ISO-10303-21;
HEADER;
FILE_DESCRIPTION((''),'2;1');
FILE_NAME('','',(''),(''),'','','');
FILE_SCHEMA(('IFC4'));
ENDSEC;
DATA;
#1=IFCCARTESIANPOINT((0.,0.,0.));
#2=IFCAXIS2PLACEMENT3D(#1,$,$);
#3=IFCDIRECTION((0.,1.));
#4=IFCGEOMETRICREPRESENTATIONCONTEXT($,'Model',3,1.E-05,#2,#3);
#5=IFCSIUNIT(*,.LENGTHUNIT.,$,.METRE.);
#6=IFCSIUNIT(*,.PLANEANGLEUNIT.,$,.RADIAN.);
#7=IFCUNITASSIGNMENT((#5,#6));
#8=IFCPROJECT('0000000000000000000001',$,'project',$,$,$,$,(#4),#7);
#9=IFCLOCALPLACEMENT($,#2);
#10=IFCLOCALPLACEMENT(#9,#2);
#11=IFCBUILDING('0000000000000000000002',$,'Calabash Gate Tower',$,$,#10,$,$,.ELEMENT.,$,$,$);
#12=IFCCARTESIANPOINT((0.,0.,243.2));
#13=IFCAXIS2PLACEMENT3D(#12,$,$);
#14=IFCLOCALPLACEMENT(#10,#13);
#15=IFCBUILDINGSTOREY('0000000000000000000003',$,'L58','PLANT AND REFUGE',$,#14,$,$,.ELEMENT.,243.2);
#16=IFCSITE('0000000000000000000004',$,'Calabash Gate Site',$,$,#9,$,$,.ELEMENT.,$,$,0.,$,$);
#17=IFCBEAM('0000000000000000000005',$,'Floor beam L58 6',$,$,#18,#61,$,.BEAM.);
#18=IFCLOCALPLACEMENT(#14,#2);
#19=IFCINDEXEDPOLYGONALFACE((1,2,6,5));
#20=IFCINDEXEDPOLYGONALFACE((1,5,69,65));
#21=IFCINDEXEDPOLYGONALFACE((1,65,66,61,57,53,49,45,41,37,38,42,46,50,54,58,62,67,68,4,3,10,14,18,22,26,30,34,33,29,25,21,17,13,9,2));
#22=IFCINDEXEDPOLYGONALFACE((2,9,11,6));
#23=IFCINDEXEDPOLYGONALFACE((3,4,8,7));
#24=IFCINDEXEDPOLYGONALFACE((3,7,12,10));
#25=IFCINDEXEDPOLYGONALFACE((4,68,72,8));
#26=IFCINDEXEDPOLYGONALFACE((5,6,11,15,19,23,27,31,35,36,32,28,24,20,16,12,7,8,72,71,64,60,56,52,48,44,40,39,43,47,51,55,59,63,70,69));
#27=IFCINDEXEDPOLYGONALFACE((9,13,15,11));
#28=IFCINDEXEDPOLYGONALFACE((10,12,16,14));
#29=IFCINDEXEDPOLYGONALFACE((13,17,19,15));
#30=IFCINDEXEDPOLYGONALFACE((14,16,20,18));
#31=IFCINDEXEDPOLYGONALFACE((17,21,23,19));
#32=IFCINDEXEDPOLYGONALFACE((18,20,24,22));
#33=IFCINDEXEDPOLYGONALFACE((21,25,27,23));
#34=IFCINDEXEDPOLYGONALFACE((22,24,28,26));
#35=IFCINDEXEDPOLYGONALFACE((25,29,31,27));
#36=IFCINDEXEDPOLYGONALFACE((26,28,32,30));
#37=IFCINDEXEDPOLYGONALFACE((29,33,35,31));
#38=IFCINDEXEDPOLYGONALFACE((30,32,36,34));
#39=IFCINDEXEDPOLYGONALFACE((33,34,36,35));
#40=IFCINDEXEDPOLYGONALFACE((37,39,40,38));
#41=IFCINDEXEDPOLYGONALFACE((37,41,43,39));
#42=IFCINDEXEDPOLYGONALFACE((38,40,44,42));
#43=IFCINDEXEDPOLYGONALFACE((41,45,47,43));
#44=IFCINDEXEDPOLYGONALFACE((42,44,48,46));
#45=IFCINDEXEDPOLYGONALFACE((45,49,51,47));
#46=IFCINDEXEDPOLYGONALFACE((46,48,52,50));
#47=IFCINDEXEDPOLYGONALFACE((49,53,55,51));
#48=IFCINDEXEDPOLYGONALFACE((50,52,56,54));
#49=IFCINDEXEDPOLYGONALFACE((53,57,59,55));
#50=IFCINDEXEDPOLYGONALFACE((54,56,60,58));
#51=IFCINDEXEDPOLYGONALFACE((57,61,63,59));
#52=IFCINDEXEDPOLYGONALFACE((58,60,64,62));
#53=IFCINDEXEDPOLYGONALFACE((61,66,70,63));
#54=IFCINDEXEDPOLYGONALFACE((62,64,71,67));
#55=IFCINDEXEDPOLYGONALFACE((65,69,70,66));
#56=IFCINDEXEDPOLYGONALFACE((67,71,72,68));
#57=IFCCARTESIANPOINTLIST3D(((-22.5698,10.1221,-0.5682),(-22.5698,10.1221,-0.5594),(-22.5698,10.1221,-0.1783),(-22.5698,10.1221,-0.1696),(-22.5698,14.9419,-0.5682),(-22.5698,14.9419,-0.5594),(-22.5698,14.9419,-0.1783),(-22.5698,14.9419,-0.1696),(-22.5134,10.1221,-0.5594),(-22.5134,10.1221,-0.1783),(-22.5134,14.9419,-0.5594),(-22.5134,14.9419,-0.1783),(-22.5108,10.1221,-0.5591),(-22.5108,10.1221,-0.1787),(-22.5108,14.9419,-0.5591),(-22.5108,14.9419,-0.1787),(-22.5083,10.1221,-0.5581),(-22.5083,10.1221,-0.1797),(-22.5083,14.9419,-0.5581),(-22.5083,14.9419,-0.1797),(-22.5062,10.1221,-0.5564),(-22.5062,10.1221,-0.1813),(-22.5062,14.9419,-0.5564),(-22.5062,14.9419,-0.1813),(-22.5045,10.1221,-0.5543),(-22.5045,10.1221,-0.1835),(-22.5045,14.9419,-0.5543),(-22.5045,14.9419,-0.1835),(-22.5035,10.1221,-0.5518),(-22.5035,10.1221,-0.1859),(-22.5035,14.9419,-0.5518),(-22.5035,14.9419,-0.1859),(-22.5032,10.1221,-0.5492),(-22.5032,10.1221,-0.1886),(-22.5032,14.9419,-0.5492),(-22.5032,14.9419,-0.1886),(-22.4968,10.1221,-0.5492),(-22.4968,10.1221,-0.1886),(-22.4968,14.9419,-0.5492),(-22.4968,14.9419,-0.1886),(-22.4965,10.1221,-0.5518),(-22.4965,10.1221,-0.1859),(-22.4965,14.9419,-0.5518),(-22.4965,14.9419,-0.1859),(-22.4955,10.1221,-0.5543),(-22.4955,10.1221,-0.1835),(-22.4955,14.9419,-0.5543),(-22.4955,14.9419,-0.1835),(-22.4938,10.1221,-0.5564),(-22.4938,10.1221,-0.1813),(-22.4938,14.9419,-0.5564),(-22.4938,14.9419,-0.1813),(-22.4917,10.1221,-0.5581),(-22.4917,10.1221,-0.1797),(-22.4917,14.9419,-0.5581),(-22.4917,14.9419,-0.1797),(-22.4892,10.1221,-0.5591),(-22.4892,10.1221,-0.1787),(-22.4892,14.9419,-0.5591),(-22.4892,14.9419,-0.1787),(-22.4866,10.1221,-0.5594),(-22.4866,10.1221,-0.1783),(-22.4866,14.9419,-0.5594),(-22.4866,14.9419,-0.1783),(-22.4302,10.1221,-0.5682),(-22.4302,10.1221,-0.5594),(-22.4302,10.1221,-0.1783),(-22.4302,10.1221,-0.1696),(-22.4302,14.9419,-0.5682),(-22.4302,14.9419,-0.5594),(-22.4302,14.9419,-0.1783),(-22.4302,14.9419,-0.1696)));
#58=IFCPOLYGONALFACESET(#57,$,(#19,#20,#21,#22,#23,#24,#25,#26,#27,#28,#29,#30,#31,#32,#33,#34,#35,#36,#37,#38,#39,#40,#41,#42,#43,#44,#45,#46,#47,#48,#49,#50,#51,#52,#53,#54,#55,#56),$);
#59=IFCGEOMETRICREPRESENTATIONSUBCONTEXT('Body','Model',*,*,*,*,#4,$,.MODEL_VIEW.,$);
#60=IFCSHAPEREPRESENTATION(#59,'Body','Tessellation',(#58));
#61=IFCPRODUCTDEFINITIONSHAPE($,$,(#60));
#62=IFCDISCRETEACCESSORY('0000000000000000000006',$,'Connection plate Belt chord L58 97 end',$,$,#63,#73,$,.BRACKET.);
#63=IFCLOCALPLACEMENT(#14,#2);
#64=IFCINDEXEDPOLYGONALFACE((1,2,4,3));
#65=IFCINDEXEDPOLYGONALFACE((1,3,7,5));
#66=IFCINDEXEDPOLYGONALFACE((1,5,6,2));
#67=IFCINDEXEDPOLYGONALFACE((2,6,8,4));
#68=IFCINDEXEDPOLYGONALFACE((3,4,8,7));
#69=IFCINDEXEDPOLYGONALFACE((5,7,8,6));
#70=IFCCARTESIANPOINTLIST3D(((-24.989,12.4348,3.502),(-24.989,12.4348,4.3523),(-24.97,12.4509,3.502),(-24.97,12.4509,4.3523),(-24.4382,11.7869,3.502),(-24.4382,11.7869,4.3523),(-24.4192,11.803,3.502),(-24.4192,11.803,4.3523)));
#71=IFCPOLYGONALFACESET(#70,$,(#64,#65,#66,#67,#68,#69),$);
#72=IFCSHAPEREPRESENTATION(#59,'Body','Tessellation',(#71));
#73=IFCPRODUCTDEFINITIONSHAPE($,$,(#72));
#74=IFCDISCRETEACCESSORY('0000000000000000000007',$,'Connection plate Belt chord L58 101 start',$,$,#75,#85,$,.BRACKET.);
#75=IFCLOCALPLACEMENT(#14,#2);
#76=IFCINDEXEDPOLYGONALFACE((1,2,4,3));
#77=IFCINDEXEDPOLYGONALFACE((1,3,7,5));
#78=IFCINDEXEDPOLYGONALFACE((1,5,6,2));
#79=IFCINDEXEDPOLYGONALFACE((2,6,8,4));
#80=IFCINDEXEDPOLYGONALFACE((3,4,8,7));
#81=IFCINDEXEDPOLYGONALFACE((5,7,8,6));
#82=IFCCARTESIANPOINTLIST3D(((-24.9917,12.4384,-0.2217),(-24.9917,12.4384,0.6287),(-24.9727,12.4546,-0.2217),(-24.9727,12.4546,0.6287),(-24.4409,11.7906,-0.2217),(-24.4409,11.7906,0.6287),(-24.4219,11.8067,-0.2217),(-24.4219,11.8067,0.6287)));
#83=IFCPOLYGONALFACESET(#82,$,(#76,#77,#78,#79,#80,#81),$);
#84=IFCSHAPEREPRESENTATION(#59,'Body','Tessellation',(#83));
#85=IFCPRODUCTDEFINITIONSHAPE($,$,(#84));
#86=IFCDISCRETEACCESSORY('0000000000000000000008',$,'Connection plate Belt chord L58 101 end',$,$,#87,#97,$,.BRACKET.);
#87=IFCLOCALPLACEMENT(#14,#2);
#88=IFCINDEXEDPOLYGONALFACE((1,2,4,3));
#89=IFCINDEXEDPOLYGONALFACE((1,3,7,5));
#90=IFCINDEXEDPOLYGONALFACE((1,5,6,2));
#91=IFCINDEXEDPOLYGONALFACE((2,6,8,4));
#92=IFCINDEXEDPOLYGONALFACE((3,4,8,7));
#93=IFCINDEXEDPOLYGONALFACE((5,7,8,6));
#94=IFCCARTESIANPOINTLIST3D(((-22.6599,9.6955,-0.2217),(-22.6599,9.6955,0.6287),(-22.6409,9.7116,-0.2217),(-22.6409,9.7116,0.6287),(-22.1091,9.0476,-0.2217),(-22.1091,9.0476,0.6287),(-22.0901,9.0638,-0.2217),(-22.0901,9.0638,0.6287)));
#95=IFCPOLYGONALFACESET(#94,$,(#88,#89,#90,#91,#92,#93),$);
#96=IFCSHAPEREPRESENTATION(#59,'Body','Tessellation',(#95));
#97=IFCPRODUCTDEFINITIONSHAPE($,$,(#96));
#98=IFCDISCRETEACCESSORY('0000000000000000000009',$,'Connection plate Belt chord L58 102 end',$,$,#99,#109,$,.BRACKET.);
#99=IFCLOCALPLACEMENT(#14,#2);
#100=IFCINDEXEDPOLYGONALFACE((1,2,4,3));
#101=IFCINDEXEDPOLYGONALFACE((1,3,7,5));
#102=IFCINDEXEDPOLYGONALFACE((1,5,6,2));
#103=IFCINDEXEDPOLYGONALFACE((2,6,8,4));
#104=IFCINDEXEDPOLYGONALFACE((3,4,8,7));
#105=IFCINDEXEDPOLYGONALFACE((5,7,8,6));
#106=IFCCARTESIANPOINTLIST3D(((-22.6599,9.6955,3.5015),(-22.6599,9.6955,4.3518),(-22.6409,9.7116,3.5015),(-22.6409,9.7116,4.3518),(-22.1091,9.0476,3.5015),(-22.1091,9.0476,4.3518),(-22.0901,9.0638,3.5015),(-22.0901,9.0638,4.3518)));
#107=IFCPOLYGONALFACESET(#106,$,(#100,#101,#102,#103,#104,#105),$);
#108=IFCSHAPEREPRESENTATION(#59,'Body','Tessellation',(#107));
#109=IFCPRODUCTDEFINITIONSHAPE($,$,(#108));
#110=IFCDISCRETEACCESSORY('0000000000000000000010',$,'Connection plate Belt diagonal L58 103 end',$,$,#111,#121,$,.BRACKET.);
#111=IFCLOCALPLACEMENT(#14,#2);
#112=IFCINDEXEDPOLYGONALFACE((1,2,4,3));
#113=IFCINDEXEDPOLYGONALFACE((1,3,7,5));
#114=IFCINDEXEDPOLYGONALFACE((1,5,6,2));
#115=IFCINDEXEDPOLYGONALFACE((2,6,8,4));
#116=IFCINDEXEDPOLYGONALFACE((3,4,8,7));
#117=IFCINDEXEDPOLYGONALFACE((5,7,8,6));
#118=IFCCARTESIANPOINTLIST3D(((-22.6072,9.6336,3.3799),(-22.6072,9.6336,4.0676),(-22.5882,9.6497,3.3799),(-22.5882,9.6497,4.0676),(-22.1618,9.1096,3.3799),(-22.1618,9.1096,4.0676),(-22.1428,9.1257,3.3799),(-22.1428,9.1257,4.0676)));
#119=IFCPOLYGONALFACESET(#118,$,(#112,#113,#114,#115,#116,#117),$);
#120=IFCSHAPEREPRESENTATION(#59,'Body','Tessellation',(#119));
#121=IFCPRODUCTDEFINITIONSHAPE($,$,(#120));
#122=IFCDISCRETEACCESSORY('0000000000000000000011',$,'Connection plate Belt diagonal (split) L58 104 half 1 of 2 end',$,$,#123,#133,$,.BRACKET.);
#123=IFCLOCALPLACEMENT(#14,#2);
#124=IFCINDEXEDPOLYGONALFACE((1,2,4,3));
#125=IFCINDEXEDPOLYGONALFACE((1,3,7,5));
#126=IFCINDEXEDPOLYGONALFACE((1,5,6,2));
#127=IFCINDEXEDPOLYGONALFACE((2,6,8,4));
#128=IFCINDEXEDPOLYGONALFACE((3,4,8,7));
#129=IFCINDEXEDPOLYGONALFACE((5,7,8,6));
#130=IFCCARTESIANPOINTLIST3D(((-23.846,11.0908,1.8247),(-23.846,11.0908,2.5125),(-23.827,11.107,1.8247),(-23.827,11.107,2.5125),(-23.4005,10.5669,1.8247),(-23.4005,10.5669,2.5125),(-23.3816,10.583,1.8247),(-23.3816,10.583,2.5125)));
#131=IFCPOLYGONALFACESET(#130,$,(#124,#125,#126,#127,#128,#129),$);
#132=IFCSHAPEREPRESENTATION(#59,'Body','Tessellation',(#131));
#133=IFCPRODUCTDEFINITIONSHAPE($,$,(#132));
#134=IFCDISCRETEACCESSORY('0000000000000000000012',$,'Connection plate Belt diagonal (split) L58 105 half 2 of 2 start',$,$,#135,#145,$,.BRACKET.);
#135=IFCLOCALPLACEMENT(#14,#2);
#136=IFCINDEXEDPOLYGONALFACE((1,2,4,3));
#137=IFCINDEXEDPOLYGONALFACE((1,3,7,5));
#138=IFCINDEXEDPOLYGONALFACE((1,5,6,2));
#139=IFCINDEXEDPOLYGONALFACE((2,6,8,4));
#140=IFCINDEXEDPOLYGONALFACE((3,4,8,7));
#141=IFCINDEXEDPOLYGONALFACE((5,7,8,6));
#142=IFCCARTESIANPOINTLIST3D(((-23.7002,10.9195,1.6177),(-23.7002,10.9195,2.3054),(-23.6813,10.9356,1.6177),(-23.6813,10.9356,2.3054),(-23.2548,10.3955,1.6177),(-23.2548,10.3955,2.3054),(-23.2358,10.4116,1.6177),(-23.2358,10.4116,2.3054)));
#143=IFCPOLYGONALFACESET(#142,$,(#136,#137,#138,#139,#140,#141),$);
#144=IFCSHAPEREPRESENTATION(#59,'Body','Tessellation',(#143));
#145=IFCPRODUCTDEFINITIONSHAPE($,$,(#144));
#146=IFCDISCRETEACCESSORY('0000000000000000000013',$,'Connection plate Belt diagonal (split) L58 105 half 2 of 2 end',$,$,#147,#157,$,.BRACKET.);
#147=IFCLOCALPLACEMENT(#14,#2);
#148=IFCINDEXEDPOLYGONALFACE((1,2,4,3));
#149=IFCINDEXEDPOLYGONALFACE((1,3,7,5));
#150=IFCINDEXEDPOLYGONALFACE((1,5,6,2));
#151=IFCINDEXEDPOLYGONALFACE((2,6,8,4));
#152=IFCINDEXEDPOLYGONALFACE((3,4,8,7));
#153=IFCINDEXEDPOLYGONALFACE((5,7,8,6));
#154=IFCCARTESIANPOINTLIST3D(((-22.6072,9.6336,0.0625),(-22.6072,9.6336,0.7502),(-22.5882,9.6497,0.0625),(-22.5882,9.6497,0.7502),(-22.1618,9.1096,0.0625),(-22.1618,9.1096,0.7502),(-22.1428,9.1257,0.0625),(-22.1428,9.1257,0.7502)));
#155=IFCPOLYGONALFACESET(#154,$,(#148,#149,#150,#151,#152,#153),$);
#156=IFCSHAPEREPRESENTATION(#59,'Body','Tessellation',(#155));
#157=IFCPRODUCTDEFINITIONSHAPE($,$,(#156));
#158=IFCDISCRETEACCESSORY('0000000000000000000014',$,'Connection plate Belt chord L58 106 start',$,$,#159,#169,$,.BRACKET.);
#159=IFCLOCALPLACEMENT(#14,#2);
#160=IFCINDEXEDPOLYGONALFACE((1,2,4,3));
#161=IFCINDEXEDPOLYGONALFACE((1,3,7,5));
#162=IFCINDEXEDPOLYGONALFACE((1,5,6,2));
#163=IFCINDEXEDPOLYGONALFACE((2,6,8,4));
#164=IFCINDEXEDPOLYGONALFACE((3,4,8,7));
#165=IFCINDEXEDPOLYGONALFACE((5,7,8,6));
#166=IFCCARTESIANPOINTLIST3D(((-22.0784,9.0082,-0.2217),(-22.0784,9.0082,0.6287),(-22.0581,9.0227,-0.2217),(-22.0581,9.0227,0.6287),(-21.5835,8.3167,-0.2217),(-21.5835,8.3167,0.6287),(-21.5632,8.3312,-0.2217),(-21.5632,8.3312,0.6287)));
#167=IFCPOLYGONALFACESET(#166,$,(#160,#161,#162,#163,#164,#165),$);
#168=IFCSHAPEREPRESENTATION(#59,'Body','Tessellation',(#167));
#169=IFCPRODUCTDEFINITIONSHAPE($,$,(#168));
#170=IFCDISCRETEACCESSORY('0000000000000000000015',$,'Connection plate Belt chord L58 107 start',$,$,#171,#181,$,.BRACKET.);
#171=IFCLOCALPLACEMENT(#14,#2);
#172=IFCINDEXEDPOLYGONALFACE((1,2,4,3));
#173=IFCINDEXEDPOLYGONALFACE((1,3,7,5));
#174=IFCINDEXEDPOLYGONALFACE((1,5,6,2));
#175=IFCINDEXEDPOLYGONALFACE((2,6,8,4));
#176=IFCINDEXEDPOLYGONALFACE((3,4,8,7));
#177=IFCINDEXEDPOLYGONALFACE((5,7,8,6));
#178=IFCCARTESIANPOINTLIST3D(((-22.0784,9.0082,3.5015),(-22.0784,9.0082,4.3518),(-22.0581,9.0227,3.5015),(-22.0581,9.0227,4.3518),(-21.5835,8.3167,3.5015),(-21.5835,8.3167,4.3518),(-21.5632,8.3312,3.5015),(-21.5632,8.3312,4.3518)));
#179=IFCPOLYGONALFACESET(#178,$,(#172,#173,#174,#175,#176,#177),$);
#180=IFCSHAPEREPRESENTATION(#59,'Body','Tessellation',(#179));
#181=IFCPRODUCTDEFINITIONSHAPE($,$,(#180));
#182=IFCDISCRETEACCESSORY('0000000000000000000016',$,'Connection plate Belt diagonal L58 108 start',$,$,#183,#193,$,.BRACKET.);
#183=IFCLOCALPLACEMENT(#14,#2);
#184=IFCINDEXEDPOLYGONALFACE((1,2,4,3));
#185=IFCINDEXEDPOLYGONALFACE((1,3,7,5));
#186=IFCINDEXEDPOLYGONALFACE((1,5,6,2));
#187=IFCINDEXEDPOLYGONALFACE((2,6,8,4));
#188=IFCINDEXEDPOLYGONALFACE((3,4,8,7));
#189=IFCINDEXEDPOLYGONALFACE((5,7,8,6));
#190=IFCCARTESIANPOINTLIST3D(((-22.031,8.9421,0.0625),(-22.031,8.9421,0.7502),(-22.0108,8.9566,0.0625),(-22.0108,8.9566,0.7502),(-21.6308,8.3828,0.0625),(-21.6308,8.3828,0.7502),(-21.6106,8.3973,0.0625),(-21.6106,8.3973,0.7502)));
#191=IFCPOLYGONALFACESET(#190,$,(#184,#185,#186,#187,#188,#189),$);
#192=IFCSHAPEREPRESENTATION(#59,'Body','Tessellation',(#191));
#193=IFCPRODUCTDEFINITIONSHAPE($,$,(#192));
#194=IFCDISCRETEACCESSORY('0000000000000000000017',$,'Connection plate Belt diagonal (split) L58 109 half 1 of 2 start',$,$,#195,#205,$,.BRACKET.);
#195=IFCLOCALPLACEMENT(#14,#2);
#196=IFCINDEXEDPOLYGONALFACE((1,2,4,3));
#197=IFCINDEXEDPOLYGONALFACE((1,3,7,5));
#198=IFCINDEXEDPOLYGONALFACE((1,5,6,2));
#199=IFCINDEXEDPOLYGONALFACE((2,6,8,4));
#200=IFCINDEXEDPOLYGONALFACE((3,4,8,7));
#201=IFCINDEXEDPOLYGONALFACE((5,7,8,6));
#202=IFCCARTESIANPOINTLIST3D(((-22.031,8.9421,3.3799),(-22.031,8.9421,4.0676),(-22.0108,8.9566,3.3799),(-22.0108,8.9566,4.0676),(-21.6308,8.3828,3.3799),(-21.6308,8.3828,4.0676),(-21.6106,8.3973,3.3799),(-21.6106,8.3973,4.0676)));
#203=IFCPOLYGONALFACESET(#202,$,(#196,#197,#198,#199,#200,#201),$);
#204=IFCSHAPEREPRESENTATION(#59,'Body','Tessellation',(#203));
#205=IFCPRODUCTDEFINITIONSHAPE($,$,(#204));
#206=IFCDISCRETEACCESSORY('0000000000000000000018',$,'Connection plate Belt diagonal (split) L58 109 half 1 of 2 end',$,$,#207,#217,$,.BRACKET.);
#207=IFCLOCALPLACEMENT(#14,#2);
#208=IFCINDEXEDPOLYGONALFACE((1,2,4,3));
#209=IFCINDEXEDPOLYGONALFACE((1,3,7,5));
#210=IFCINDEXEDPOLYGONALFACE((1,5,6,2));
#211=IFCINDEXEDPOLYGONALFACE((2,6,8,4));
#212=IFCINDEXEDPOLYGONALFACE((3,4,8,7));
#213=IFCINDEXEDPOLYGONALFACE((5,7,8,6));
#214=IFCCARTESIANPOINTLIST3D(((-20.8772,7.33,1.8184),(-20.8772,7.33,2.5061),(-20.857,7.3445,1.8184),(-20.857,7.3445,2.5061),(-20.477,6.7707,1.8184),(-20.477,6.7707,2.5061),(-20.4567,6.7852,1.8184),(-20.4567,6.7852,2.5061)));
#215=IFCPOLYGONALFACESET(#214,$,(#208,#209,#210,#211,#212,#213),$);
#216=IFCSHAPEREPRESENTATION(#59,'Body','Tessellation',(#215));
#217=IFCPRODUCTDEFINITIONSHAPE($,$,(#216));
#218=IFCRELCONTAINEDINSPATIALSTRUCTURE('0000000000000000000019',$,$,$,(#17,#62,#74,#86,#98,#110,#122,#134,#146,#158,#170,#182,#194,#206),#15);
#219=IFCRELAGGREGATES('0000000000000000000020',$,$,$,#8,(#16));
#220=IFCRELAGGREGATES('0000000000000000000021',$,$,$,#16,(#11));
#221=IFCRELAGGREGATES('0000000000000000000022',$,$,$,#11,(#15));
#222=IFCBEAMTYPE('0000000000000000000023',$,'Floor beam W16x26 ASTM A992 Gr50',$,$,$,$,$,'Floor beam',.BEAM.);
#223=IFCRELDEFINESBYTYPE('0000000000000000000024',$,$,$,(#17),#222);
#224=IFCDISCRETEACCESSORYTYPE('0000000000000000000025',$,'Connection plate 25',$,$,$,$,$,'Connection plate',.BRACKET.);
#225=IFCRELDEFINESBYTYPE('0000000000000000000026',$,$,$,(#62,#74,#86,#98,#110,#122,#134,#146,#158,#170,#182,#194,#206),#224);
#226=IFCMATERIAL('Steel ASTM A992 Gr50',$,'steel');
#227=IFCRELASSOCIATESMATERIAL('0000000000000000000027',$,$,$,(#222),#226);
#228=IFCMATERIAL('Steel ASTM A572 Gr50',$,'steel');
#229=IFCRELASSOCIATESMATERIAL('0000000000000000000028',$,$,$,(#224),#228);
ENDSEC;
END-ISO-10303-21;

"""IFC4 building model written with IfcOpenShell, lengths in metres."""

from ifc_helpers import new_model, si_unit, direction, frame, origin, origin_2d, place, context, subcontext, project, spatial, rectangle, i_section, extrude, material, material_profile, profile_set, type_object, element, save


model = new_model("IFC4")

# Units and contexts
model_context = context("Model", 3, precision=1e-05, world=origin(), true_north=direction((0.0, 1.0)))
body_context = subcontext(model_context, "Body", "Model", "MODEL_VIEW")
ifc_project = project(units=[si_unit("LENGTHUNIT", "METRE"), si_unit("PLANEANGLEUNIT", "RADIAN")], contexts=[model_context])

# Site, building, storey
site_placement = place(None, origin())
site = spatial("IfcSite", under=ifc_project, at=site_placement, Name="Calabash Gate Site", CompositionType="ELEMENT", RefElevation=0.0)
building_placement = place(site_placement, origin())
building = spatial("IfcBuilding", under=site, at=building_placement, Name="Calabash Gate Tower", CompositionType="ELEMENT")
storey_placement = place(building_placement, frame((0.0, 0.0, 243.2)))
storey = spatial("IfcBuildingStorey", under=building, at=storey_placement, Name="L58", Description="PLANT AND REFUGE", CompositionType="ELEMENT", Elevation=243.2)

# Beam
ifc_material_1 = material(Name="Steel ASTM A992 Gr50", Category="steel")
ifc_material_profile_1 = material_profile(ifc_material_1, i_section(OverallWidth=0.1396, OverallDepth=0.3987, WebThickness=0.0063, FlangeThickness=0.0088, FilletRadius=0.0103, at=origin_2d()))
ifc_profile_set_1 = profile_set([ifc_material_profile_1], Name="Steel ASTM A992 Gr50")
beam_type_1 = type_object("IfcBeamType", Name="Floor beam W16x26 ASTM A992 Gr50", ElementType="Floor beam", PredefinedType="BEAM", material=ifc_profile_set_1)
beam_1_placement = place(storey_placement, frame((-22.5, 10.1221, -0.3689), z_axis=(0.0, 1.0, 0.0), x_axis=(-1.0, 0.0, 0.0)))
element("IfcBeam", 1, at=beam_1_placement, inside=storey, type_object=beam_type_1, Name="Floor beam L58 6", PredefinedType="BEAM", context=body_context, shape_type="SweptSolid", body=[
    extrude(i_section(OverallWidth=0.1396, OverallDepth=0.3987, WebThickness=0.0063, FlangeThickness=0.0088, FilletRadius=0.0103, at=origin_2d()), origin(), (0.0, 0.0, 1.0), 4.8198),
])

# Discrete accessories
ifc_material_2 = material(Name="Steel ASTM A572 Gr50", Category="steel")
discrete_accessory_type = type_object("IfcDiscreteAccessoryType", Name="Connection plate 25", ElementType="Connection plate", PredefinedType="BRACKET", material=ifc_material_2)
for number, where, z_axis, x_axis, name in (
    (2, (-24.7041, 12.1189, 3.502), (0.0, 0.0, 1.0), (0.647688, -0.761906, 0.0), "Connection plate Belt chord L58 97 end"),
    (3, (-24.7068, 12.1226, -0.2217), (0.0, 0.0, 1.0), (0.647704, -0.761892, 0.0), "Connection plate Belt chord L58 101 start"),
    (4, (-22.375, 9.3796, -0.2217), (0.0, 0.0, 1.0), (0.647704, -0.761892, 0.0), "Connection plate Belt chord L58 101 end"),
    (5, (-22.375, 9.3796, 3.5015), (0.0, 0.0, 1.0), (0.647704, -0.761892, 0.0), "Connection plate Belt chord L58 102 end"),
):
    element("IfcDiscreteAccessory", number, at=place(storey_placement, frame(where, z_axis=z_axis, x_axis=x_axis)), inside=storey, type_object=discrete_accessory_type, Name=name, PredefinedType="BRACKET", context=body_context, shape_type="SweptSolid", body=[
        extrude(rectangle(XDim=0.8503, YDim=0.0249, at=origin_2d()), origin(), (0.0, 0.0, 1.0), 0.8503),
    ])
for number, where, z_axis, x_axis, name in (
    (6, (-22.375, 9.3796, 3.3799), (0.0, 0.0, 1.0), (0.647704, -0.761892, 0.0), "Connection plate Belt diagonal L58 103 end"),
    (7, (-23.6138, 10.8369, 1.8247), (0.0, 0.0, 1.0), (0.647704, -0.761892, 0.0), "Connection plate Belt diagonal (split) L58 104 half 1 of 2 end"),
    (8, (-23.468, 10.6655, 1.6177), (0.0, 0.0, 1.0), (0.647704, -0.761892, 0.0), "Connection plate Belt diagonal (split) L58 105 half 2 of 2 start"),
    (9, (-22.375, 9.3796, 0.0625), (0.0, 0.0, 1.0), (0.647704, -0.761892, 0.0), "Connection plate Belt diagonal (split) L58 105 half 2 of 2 end"),
):
    element("IfcDiscreteAccessory", number, at=place(storey_placement, frame(where, z_axis=z_axis, x_axis=x_axis)), inside=storey, type_object=discrete_accessory_type, Name=name, PredefinedType="BRACKET", context=body_context, shape_type="SweptSolid", body=[
        extrude(rectangle(XDim=0.6877, YDim=0.0249, at=origin_2d()), origin(), (0.0, 0.0, 1.0), 0.6877),
    ])
for number, where, z_axis, x_axis, name in (
    (10, (-21.8208, 8.6697, -0.2217), (0.0, 0.0, 1.0), (0.581968, -0.813212, 0.0), "Connection plate Belt chord L58 106 start"),
    (11, (-21.8208, 8.6697, 3.5015), (0.0, 0.0, 1.0), (0.581968, -0.813212, 0.0), "Connection plate Belt chord L58 107 start"),
):
    element("IfcDiscreteAccessory", number, at=place(storey_placement, frame(where, z_axis=z_axis, x_axis=x_axis)), inside=storey, type_object=discrete_accessory_type, Name=name, PredefinedType="BRACKET", context=body_context, shape_type="SweptSolid", body=[
        extrude(rectangle(XDim=0.8503, YDim=0.0249, at=origin_2d()), origin(), (0.0, 0.0, 1.0), 0.8503),
    ])
for number, where, z_axis, x_axis, name in (
    (12, (-21.8208, 8.6697, 0.0625), (0.0, 0.0, 1.0), (0.581968, -0.813212, 0.0), "Connection plate Belt diagonal L58 108 start"),
    (13, (-21.8208, 8.6697, 3.3799), (0.0, 0.0, 1.0), (0.581968, -0.813212, 0.0), "Connection plate Belt diagonal (split) L58 109 half 1 of 2 start"),
    (14, (-20.667, 7.0576, 1.8184), (0.0, 0.0, 1.0), (0.581968, -0.813212, 0.0), "Connection plate Belt diagonal (split) L58 109 half 1 of 2 end"),
):
    element("IfcDiscreteAccessory", number, at=place(storey_placement, frame(where, z_axis=z_axis, x_axis=x_axis)), inside=storey, type_object=discrete_accessory_type, Name=name, PredefinedType="BRACKET", context=body_context, shape_type="SweptSolid", body=[
        extrude(rectangle(XDim=0.6877, YDim=0.0249, at=origin_2d()), origin(), (0.0, 0.0, 1.0), 0.6877),
    ])

save(model, "model.ifc")
